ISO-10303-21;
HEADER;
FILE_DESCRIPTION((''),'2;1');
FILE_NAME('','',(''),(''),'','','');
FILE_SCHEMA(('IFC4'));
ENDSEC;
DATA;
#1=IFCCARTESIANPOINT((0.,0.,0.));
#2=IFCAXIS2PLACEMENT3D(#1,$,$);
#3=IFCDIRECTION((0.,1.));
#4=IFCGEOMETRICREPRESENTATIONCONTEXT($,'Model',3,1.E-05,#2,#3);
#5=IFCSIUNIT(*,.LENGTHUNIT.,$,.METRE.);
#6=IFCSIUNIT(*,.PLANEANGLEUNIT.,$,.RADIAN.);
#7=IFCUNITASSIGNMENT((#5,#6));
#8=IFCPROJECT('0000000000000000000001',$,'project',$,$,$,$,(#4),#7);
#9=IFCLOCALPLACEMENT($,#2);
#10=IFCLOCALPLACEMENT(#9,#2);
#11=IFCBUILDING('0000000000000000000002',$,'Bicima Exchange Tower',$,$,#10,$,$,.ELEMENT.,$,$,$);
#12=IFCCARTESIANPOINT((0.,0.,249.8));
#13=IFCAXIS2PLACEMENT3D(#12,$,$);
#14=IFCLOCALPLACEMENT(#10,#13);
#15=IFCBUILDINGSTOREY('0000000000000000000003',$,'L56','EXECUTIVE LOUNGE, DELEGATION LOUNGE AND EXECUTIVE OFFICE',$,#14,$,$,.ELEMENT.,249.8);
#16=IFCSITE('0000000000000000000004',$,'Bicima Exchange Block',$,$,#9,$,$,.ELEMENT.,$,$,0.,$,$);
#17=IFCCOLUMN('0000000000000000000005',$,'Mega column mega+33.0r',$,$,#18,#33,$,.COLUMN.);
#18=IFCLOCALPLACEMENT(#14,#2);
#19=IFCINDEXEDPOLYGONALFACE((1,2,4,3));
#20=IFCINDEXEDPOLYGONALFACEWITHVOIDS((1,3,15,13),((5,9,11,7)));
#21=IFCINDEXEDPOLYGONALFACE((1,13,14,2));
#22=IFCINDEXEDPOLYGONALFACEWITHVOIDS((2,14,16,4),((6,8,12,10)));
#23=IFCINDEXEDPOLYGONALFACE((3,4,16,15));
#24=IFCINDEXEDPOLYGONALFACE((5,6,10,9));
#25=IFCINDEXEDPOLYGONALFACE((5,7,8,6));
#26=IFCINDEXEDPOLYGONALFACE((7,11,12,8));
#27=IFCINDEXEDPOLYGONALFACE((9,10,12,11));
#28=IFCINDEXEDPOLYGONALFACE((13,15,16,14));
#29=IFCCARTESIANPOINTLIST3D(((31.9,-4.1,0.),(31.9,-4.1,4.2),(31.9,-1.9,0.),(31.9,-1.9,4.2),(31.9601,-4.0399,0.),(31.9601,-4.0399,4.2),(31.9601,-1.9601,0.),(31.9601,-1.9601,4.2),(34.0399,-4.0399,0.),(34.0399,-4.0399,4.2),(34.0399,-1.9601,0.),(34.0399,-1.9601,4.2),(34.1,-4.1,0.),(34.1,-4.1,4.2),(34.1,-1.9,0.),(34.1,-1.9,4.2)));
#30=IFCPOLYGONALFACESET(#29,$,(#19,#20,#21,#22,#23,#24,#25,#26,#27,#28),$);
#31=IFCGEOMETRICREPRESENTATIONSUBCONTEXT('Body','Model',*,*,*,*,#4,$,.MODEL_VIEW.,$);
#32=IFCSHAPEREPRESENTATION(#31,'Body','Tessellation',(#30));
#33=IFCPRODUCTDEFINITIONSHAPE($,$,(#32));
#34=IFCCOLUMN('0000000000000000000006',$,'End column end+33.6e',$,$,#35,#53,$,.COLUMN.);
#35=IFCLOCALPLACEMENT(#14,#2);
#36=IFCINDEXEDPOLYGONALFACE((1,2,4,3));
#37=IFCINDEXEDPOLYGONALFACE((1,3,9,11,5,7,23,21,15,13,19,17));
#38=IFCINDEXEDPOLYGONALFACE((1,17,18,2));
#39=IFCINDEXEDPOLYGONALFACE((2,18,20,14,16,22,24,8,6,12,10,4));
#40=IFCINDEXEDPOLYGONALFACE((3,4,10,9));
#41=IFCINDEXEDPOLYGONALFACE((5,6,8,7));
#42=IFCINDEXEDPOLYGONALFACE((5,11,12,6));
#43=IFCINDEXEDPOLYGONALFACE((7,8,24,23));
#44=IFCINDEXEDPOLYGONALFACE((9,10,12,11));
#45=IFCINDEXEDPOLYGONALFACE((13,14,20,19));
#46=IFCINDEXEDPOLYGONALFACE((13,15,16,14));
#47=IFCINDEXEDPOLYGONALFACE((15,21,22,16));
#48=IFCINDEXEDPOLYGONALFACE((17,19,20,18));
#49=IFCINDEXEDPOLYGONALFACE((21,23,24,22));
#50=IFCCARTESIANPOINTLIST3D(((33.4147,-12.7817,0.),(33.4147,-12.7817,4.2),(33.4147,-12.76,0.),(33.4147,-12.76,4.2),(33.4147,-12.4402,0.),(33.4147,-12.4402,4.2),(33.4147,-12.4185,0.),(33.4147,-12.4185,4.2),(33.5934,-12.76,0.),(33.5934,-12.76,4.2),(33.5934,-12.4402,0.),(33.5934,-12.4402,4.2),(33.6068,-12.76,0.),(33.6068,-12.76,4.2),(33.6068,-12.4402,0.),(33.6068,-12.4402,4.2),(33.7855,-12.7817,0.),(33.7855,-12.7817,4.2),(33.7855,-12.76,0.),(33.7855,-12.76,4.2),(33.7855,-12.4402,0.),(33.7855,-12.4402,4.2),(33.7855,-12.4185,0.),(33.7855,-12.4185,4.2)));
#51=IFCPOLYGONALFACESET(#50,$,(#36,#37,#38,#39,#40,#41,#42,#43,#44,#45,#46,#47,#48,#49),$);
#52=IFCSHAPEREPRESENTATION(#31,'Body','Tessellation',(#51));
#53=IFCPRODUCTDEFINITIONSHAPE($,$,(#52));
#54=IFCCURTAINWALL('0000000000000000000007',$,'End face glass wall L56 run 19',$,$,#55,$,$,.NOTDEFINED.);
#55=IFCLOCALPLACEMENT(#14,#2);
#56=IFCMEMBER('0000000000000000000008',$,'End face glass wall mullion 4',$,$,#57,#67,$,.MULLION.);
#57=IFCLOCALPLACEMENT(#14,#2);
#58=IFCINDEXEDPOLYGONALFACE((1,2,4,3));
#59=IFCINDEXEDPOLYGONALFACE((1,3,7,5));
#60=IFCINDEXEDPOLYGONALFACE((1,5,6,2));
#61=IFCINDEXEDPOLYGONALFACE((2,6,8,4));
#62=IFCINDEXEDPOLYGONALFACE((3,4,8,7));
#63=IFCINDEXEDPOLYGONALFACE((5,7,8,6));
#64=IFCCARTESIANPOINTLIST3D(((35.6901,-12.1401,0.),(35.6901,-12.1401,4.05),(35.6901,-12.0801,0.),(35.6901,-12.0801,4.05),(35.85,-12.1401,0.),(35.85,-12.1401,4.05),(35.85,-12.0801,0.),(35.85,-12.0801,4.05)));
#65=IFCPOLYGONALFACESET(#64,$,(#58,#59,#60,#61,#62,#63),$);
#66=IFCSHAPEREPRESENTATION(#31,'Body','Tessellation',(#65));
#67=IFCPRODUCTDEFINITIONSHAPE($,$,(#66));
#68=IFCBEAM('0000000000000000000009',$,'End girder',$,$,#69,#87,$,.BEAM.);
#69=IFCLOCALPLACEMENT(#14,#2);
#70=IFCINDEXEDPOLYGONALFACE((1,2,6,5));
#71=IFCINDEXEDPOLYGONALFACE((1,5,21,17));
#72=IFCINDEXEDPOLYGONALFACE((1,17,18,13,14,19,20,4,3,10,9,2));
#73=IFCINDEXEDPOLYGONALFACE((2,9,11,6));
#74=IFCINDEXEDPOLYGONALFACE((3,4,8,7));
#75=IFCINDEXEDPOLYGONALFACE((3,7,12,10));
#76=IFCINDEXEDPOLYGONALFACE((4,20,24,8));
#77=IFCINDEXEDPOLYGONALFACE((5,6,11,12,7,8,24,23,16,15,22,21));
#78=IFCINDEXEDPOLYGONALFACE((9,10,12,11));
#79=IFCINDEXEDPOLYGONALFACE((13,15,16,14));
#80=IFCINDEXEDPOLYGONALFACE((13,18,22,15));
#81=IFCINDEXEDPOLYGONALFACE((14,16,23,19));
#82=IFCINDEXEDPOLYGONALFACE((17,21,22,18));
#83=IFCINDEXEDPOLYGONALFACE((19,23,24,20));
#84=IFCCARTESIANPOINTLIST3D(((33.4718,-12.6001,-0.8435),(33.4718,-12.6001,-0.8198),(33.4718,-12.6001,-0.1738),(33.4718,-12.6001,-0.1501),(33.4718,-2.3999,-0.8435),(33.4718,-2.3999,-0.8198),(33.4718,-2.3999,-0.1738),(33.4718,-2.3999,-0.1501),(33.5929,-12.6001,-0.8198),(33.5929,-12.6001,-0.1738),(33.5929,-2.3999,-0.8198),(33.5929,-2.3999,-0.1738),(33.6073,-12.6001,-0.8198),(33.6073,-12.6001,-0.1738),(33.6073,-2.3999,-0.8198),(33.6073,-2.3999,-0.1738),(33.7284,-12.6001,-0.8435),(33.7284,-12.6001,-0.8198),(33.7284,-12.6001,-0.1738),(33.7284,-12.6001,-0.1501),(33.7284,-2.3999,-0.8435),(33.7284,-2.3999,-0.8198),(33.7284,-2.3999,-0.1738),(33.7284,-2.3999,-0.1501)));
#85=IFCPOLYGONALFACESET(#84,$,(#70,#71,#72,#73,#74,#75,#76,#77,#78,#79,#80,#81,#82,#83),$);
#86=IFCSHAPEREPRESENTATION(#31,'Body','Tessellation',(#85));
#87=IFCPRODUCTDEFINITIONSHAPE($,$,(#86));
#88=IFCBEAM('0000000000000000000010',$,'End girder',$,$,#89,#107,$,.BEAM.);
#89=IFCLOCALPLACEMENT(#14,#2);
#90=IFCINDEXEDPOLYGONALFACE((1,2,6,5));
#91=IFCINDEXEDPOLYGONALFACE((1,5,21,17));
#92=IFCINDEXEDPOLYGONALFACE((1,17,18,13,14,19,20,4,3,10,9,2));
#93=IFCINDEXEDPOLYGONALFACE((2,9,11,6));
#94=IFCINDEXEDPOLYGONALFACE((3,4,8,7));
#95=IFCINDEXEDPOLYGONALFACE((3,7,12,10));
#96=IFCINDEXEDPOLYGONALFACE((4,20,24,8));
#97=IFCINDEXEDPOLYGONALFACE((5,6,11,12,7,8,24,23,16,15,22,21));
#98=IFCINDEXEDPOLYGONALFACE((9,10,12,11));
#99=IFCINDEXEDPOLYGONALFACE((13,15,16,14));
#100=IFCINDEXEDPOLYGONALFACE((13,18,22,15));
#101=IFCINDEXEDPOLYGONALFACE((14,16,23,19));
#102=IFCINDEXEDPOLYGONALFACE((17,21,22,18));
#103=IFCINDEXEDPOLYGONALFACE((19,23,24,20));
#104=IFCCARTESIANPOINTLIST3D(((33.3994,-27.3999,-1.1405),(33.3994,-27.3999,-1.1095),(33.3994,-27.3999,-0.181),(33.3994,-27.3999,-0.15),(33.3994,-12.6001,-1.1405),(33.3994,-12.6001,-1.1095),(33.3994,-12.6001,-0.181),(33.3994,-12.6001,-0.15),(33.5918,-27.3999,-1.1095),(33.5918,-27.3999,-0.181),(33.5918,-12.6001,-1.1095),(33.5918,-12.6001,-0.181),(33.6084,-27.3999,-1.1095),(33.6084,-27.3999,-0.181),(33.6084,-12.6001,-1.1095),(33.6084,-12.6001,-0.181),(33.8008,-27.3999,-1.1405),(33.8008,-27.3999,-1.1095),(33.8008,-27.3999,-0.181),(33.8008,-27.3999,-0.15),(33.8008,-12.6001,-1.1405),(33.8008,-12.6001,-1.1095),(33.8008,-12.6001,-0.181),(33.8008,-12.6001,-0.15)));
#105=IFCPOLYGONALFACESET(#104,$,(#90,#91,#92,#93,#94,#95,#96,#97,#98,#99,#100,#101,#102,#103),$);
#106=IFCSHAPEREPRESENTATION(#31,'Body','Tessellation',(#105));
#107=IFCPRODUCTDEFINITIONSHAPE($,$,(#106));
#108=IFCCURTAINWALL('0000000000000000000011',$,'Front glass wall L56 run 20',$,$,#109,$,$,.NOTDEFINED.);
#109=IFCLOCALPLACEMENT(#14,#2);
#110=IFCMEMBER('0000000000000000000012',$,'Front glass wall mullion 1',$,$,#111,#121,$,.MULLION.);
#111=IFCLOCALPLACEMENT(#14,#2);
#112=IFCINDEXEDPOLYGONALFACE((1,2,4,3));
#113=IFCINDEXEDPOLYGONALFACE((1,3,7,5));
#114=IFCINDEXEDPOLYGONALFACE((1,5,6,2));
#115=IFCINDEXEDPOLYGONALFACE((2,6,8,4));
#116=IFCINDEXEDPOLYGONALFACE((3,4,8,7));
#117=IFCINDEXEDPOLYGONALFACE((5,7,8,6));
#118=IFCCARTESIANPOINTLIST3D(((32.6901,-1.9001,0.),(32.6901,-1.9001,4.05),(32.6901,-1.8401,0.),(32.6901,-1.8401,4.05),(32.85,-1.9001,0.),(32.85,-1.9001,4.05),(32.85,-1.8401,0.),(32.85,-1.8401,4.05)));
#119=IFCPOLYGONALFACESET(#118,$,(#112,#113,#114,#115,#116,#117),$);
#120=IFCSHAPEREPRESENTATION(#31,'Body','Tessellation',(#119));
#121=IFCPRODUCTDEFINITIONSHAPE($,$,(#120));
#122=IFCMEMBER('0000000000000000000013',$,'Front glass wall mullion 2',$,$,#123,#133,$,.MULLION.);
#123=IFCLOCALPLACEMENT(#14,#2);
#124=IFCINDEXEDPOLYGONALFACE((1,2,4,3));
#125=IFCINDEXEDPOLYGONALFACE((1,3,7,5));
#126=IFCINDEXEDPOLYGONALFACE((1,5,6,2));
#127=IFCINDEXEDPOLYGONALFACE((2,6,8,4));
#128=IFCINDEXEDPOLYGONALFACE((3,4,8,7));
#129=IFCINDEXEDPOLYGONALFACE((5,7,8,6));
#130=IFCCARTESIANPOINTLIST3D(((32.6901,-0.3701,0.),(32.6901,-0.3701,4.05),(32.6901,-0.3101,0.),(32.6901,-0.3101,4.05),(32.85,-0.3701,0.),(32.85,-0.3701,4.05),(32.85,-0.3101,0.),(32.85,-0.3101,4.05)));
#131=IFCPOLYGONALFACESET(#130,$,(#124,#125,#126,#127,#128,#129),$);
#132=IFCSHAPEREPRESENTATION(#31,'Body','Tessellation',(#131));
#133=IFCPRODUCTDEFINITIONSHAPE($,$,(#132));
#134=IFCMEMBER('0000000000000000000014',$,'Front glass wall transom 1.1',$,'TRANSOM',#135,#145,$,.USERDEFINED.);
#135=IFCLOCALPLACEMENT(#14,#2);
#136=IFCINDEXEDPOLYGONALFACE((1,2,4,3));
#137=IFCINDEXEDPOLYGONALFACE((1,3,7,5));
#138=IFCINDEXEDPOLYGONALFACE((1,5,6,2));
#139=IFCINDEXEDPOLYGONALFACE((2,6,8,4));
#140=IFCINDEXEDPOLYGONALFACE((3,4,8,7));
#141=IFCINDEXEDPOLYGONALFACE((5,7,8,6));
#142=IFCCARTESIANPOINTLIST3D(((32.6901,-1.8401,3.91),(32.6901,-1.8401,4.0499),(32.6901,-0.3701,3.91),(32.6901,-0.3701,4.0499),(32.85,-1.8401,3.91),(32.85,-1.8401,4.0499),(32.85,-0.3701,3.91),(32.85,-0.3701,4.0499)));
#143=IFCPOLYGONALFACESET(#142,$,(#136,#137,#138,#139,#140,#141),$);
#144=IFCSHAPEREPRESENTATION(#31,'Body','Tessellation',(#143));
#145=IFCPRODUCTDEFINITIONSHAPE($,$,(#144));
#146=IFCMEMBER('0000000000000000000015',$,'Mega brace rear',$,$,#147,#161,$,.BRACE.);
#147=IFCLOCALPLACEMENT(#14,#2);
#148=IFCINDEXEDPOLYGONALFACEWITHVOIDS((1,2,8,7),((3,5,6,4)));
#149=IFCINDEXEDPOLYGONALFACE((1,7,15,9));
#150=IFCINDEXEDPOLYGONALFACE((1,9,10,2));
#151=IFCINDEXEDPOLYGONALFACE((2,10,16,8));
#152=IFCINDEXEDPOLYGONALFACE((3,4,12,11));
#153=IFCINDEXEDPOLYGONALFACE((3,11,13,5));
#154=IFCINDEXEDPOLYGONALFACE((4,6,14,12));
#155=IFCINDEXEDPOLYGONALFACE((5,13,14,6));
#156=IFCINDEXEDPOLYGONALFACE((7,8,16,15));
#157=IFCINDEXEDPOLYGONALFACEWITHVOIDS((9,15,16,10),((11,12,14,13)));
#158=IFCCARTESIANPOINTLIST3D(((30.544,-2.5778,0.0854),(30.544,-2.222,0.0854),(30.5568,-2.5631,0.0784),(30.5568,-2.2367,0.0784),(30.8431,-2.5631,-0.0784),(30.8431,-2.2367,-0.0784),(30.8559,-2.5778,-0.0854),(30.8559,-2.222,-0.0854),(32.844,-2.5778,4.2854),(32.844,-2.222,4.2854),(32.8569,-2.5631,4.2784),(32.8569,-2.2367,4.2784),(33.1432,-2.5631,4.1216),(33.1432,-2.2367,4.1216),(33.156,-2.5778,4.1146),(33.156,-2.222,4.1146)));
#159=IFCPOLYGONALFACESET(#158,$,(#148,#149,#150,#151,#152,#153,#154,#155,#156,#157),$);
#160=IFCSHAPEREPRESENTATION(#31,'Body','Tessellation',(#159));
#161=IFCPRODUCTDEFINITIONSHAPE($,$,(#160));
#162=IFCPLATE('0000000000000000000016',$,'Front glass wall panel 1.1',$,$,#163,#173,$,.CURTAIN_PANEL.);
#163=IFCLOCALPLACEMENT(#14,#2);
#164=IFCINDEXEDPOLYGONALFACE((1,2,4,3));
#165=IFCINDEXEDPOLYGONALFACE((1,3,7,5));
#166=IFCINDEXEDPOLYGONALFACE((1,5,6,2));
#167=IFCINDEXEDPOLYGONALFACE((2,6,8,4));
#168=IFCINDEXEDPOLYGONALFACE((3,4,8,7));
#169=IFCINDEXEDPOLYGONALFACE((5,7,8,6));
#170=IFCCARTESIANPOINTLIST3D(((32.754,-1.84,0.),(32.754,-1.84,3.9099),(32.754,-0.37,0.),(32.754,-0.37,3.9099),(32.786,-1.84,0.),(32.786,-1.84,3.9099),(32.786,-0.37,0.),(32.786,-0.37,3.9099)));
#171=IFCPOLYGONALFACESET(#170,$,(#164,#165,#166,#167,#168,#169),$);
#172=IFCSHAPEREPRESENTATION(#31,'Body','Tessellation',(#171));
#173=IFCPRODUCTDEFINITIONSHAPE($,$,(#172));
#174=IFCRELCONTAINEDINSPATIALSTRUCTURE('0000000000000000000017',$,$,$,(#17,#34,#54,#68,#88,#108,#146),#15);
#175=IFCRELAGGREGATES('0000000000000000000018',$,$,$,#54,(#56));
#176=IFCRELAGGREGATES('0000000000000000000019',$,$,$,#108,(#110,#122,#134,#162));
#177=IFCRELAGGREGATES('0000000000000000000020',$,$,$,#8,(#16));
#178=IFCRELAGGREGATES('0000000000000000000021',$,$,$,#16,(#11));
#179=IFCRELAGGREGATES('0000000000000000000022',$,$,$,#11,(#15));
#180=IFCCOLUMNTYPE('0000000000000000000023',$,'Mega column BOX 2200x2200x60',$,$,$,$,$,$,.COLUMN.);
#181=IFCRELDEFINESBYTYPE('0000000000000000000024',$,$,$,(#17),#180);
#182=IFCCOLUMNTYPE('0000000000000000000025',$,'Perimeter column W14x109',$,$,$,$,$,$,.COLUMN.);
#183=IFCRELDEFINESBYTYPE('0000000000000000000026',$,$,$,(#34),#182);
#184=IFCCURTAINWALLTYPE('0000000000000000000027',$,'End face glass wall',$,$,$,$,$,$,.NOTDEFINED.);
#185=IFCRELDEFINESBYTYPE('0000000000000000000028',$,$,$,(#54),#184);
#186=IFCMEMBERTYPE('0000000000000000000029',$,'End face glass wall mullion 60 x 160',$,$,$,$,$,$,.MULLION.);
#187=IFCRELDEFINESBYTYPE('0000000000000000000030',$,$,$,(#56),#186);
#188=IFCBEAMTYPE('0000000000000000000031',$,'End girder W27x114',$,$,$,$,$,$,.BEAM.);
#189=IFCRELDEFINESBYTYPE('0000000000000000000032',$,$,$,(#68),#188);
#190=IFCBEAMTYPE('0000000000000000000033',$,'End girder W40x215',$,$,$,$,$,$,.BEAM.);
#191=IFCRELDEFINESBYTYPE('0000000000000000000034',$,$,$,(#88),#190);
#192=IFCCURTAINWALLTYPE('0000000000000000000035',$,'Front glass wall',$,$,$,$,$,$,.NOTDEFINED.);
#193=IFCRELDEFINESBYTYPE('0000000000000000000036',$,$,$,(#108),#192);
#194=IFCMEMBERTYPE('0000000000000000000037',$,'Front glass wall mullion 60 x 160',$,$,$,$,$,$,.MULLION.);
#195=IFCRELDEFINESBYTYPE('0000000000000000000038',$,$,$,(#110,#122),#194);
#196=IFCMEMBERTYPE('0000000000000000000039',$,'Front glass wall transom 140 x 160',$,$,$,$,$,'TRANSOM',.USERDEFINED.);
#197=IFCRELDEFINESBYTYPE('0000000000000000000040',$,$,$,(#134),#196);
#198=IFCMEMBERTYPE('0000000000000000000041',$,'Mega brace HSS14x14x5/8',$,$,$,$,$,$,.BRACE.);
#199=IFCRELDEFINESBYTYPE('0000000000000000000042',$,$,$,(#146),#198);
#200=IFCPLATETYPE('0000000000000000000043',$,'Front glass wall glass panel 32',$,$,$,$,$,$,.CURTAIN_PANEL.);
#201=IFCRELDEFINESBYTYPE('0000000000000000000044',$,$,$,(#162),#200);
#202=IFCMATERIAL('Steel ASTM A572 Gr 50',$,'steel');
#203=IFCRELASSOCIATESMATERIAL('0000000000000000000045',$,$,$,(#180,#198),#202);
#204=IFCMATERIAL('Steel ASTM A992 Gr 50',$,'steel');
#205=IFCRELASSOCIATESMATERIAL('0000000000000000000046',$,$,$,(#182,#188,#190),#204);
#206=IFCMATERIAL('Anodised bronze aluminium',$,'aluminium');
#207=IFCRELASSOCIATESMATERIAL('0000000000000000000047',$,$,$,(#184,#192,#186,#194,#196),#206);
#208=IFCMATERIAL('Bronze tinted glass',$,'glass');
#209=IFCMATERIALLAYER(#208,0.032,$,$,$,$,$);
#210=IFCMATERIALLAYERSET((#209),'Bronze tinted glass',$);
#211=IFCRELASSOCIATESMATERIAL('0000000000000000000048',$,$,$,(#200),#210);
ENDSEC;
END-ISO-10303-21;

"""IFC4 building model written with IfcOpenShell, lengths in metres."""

from ifc_helpers import new_model, si_unit, direction, frame, origin, origin_2d, place, context, subcontext, project, spatial, rectangle, hollow_rectangle, i_section, extrude, material, layer, layer_set, material_profile, profile_set, type_object, element, aggregate, save


model = new_model("IFC4")

# Units and contexts
model_context = context("Model", 3, precision=1e-05, world=origin(), true_north=direction((0.0, 1.0)))
body_context = subcontext(model_context, "Body", "Model", "MODEL_VIEW")
ifc_project = project(units=[si_unit("LENGTHUNIT", "METRE"), si_unit("PLANEANGLEUNIT", "RADIAN")], contexts=[model_context])

# Site, building, storey
site_placement = place(None, origin())
site = spatial("IfcSite", under=ifc_project, at=site_placement, Name="Bicima Exchange Block", CompositionType="ELEMENT", RefElevation=0.0)
building_placement = place(site_placement, origin())
building = spatial("IfcBuilding", under=site, at=building_placement, Name="Bicima Exchange Tower", CompositionType="ELEMENT")
storey_placement = place(building_placement, frame((0.0, 0.0, 249.8)))
storey = spatial("IfcBuildingStorey", under=building, at=storey_placement, Name="L56", Description="EXECUTIVE LOUNGE, DELEGATION LOUNGE AND EXECUTIVE OFFICE", CompositionType="ELEMENT", Elevation=249.8)

# Columns
ifc_material_1 = material(Name="Steel ASTM A572 Gr 50", Category="steel")
ifc_material_profile_1 = material_profile(ifc_material_1, hollow_rectangle(XDim=2.2, YDim=2.2, WallThickness=0.0601, at=origin_2d()))
ifc_profile_set_1 = profile_set([ifc_material_profile_1], Name="Steel ASTM A572 Gr 50")
column_type_1 = type_object("IfcColumnType", Name="Mega column BOX 2200x2200x60", PredefinedType="COLUMN", material=ifc_profile_set_1)
column_1_placement = place(storey_placement, frame((33.0, -3.0, 0.0), z_axis=(0.0, 0.0, 1.0), x_axis=(1.0, 0.0, 0.0)))
element("IfcColumn", 1, at=column_1_placement, inside=storey, type_object=column_type_1, Name="Mega column mega+33.0r", PredefinedType="COLUMN", context=body_context, shape_type="SweptSolid", body=[
    extrude(hollow_rectangle(XDim=2.2, YDim=2.2, WallThickness=0.0601, at=origin_2d()), origin(), (0.0, 0.0, 1.0), 4.2),
])
ifc_material_2 = material(Name="Steel ASTM A992 Gr 50", Category="steel")
ifc_material_profile_2 = material_profile(ifc_material_2, i_section(OverallWidth=0.3708, OverallDepth=0.3633, WebThickness=0.0134, FlangeThickness=0.0217, at=origin_2d()))
ifc_profile_set_2 = profile_set([ifc_material_profile_2], Name="Steel ASTM A992 Gr 50")
column_type_2 = type_object("IfcColumnType", Name="Perimeter column W14x109", PredefinedType="COLUMN", material=ifc_profile_set_2)
column_2_placement = place(storey_placement, frame((33.6001, -12.6001, 0.0), z_axis=(0.0, 0.0, 1.0), x_axis=(1.0, 0.0, 0.0)))
element("IfcColumn", 2, at=column_2_placement, inside=storey, type_object=column_type_2, Name="End column end+33.6e", PredefinedType="COLUMN", context=body_context, shape_type="SweptSolid", body=[
    extrude(i_section(OverallWidth=0.3708, OverallDepth=0.3633, WebThickness=0.0134, FlangeThickness=0.0217, at=origin_2d()), origin(), (0.0, 0.0, 1.0), 4.2),
])

# Curtain wall, member
ifc_material_3 = material(Name="Anodised bronze aluminium", Category="aluminium")
curtain_wall_type_1 = type_object("IfcCurtainWallType", Name="End face glass wall", PredefinedType="NOTDEFINED", material=ifc_material_3)
curtain_wall_1_placement = place(storey_placement, origin())
curtain_wall_1 = element("IfcCurtainWall", 3, at=curtain_wall_1_placement, inside=storey, type_object=curtain_wall_type_1, Name="End face glass wall L56 run 19", PredefinedType="NOTDEFINED")
ifc_material_profile_3 = material_profile(ifc_material_3, rectangle(XDim=0.1599, YDim=0.0601, at=origin_2d()))
ifc_profile_set_3 = profile_set([ifc_material_profile_3], Name="Anodised bronze aluminium")
member_type_1 = type_object("IfcMemberType", Name="End face glass wall mullion 60 x 160", PredefinedType="MULLION", material=ifc_profile_set_3)
member_1_placement = place(storey_placement, frame((35.77, -12.1101, 0.0), z_axis=(0.0, 0.0, 1.0), x_axis=(-1.0, 0.0, 0.0)))
member_1 = element("IfcMember", 4, at=member_1_placement, type_object=member_type_1, Name="End face glass wall mullion 4", PredefinedType="MULLION", context=body_context, shape_type="SweptSolid", body=[
    extrude(rectangle(XDim=0.1599, YDim=0.0601, at=origin_2d()), origin(), (0.0, 0.0, 1.0), 4.05),
])
aggregate(curtain_wall_1, [member_1])

# Beams
ifc_material_profile_4 = material_profile(ifc_material_2, i_section(OverallWidth=0.2566, OverallDepth=0.6934, WebThickness=0.0144, FlangeThickness=0.0237, at=origin_2d()))
ifc_profile_set_4 = profile_set([ifc_material_profile_4], Name="Steel ASTM A992 Gr 50")
beam_type_1 = type_object("IfcBeamType", Name="End girder W27x114", PredefinedType="BEAM", material=ifc_profile_set_4)
beam_1_placement = place(storey_placement, frame((33.6001, -2.3999, -0.4968), z_axis=(0.0, -1.0, 0.0), x_axis=(1.0, 0.0, 0.0)))
element("IfcBeam", 5, at=beam_1_placement, inside=storey, type_object=beam_type_1, Name="End girder", PredefinedType="BEAM", context=body_context, shape_type="SweptSolid", body=[
    extrude(i_section(OverallWidth=0.2566, OverallDepth=0.6934, WebThickness=0.0144, FlangeThickness=0.0237, at=origin_2d()), origin(), (0.0, 0.0, 1.0), 10.2002),
])
ifc_material_profile_5 = material_profile(ifc_material_2, i_section(OverallWidth=0.4014, OverallDepth=0.9905, WebThickness=0.0166, FlangeThickness=0.031, at=origin_2d()))
ifc_profile_set_5 = profile_set([ifc_material_profile_5], Name="Steel ASTM A992 Gr 50")
beam_type_2 = type_object("IfcBeamType", Name="End girder W40x215", PredefinedType="BEAM", material=ifc_profile_set_5)
beam_2_placement = place(storey_placement, frame((33.6001, -12.6001, -0.6453), z_axis=(0.0, -1.0, 0.0), x_axis=(1.0, 0.0, 0.0)))
element("IfcBeam", 6, at=beam_2_placement, inside=storey, type_object=beam_type_2, Name="End girder", PredefinedType="BEAM", context=body_context, shape_type="SweptSolid", body=[
    extrude(i_section(OverallWidth=0.4014, OverallDepth=0.9905, WebThickness=0.0166, FlangeThickness=0.031, at=origin_2d()), origin(), (0.0, 0.0, 1.0), 14.7998),
])

# Curtain wall, members
curtain_wall_type_2 = type_object("IfcCurtainWallType", Name="Front glass wall", PredefinedType="NOTDEFINED", material=ifc_material_3)
curtain_wall_2_placement = place(storey_placement, origin())
curtain_wall_2 = element("IfcCurtainWall", 7, at=curtain_wall_2_placement, inside=storey, type_object=curtain_wall_type_2, Name="Front glass wall L56 run 20", PredefinedType="NOTDEFINED")
member_type_2 = type_object("IfcMemberType", Name="Front glass wall mullion 60 x 160", PredefinedType="MULLION", material=ifc_profile_set_3)
member_2_placement = place(storey_placement, frame((32.77, -1.8701, 0.0), z_axis=(0.0, 0.0, 1.0), x_axis=(-1.0, 0.0, 0.0)))
member_2 = element("IfcMember", 8, at=member_2_placement, type_object=member_type_2, Name="Front glass wall mullion 1", PredefinedType="MULLION", context=body_context, shape_type="SweptSolid", body=[
    extrude(rectangle(XDim=0.1599, YDim=0.0601, at=origin_2d()), origin(), (0.0, 0.0, 1.0), 4.05),
])
member_3_placement = place(storey_placement, frame((32.77, -0.3401, 0.0), z_axis=(0.0, 0.0, 1.0), x_axis=(-1.0, 0.0, 0.0)))
member_3 = element("IfcMember", 9, at=member_3_placement, type_object=member_type_2, Name="Front glass wall mullion 2", PredefinedType="MULLION", context=body_context, shape_type="SweptSolid", body=[
    extrude(rectangle(XDim=0.1599, YDim=0.0601, at=origin_2d()), origin(), (0.0, 0.0, 1.0), 4.05),
])
ifc_material_profile_6 = material_profile(ifc_material_3, rectangle(XDim=0.1599, YDim=0.1399, at=origin_2d()))
ifc_profile_set_6 = profile_set([ifc_material_profile_6], Name="Anodised bronze aluminium")
member_type_3 = type_object("IfcMemberType", Name="Front glass wall transom 140 x 160", ElementType="TRANSOM", PredefinedType="USERDEFINED", material=ifc_profile_set_6)
member_4_placement = place(storey_placement, frame((32.77, -1.8401, 3.98), z_axis=(0.0, 1.0, 0.0), x_axis=(-1.0, 0.0, 0.0)))
member_4 = element("IfcMember", 10, at=member_4_placement, type_object=member_type_3, Name="Front glass wall transom 1.1", ObjectType="TRANSOM", PredefinedType="USERDEFINED", context=body_context, shape_type="SweptSolid", body=[
    extrude(rectangle(XDim=0.1599, YDim=0.1399, at=origin_2d()), origin(), (0.0, 0.0, 1.0), 1.47),
])

# Member
ifc_material_profile_7 = material_profile(ifc_material_1, hollow_rectangle(XDim=0.3557, YDim=0.3557, WallThickness=0.0146, at=origin_2d()))
ifc_profile_set_7 = profile_set([ifc_material_profile_7], Name="Steel ASTM A572 Gr 50")
member_type_4 = type_object("IfcMemberType", Name="Mega brace HSS14x14x5/8", PredefinedType="BRACE", material=ifc_profile_set_7)
member_5_placement = place(storey_placement, frame((30.7, -2.3999, 0.0), z_axis=(0.480327, 0.0, 0.87709), x_axis=(0.0, 1.0, 0.0)))
element("IfcMember", 11, at=member_5_placement, inside=storey, type_object=member_type_4, Name="Mega brace rear", PredefinedType="BRACE", context=body_context, shape_type="SweptSolid", body=[
    extrude(hollow_rectangle(XDim=0.3557, YDim=0.3557, WallThickness=0.0146, at=origin_2d()), origin(), (0.0, 0.0, 1.0), 4.7886),
])

# Plate
ifc_material_4 = material(Name="Bronze tinted glass", Category="glass")
ifc_layer_1 = layer(ifc_material_4, 0.032)
ifc_layer_set_1 = layer_set([ifc_layer_1], Name="Bronze tinted glass")
plate_type = type_object("IfcPlateType", Name="Front glass wall glass panel 32", PredefinedType="CURTAIN_PANEL", material=ifc_layer_set_1)
plate_placement = place(storey_placement, frame((32.77, -1.105, 0.0), z_axis=(0.0, 0.0, 1.0), x_axis=(0.0, 1.0, 0.0)))
plate = element("IfcPlate", 12, at=plate_placement, type_object=plate_type, Name="Front glass wall panel 1.1", PredefinedType="CURTAIN_PANEL", context=body_context, shape_type="SweptSolid", body=[
    extrude(rectangle(XDim=1.47, YDim=0.032, at=origin_2d()), origin(), (0.0, 0.0, 1.0), 3.9099),
])
aggregate(curtain_wall_2, [member_2, member_3, member_4, plate])

save(model, "model.ifc")
